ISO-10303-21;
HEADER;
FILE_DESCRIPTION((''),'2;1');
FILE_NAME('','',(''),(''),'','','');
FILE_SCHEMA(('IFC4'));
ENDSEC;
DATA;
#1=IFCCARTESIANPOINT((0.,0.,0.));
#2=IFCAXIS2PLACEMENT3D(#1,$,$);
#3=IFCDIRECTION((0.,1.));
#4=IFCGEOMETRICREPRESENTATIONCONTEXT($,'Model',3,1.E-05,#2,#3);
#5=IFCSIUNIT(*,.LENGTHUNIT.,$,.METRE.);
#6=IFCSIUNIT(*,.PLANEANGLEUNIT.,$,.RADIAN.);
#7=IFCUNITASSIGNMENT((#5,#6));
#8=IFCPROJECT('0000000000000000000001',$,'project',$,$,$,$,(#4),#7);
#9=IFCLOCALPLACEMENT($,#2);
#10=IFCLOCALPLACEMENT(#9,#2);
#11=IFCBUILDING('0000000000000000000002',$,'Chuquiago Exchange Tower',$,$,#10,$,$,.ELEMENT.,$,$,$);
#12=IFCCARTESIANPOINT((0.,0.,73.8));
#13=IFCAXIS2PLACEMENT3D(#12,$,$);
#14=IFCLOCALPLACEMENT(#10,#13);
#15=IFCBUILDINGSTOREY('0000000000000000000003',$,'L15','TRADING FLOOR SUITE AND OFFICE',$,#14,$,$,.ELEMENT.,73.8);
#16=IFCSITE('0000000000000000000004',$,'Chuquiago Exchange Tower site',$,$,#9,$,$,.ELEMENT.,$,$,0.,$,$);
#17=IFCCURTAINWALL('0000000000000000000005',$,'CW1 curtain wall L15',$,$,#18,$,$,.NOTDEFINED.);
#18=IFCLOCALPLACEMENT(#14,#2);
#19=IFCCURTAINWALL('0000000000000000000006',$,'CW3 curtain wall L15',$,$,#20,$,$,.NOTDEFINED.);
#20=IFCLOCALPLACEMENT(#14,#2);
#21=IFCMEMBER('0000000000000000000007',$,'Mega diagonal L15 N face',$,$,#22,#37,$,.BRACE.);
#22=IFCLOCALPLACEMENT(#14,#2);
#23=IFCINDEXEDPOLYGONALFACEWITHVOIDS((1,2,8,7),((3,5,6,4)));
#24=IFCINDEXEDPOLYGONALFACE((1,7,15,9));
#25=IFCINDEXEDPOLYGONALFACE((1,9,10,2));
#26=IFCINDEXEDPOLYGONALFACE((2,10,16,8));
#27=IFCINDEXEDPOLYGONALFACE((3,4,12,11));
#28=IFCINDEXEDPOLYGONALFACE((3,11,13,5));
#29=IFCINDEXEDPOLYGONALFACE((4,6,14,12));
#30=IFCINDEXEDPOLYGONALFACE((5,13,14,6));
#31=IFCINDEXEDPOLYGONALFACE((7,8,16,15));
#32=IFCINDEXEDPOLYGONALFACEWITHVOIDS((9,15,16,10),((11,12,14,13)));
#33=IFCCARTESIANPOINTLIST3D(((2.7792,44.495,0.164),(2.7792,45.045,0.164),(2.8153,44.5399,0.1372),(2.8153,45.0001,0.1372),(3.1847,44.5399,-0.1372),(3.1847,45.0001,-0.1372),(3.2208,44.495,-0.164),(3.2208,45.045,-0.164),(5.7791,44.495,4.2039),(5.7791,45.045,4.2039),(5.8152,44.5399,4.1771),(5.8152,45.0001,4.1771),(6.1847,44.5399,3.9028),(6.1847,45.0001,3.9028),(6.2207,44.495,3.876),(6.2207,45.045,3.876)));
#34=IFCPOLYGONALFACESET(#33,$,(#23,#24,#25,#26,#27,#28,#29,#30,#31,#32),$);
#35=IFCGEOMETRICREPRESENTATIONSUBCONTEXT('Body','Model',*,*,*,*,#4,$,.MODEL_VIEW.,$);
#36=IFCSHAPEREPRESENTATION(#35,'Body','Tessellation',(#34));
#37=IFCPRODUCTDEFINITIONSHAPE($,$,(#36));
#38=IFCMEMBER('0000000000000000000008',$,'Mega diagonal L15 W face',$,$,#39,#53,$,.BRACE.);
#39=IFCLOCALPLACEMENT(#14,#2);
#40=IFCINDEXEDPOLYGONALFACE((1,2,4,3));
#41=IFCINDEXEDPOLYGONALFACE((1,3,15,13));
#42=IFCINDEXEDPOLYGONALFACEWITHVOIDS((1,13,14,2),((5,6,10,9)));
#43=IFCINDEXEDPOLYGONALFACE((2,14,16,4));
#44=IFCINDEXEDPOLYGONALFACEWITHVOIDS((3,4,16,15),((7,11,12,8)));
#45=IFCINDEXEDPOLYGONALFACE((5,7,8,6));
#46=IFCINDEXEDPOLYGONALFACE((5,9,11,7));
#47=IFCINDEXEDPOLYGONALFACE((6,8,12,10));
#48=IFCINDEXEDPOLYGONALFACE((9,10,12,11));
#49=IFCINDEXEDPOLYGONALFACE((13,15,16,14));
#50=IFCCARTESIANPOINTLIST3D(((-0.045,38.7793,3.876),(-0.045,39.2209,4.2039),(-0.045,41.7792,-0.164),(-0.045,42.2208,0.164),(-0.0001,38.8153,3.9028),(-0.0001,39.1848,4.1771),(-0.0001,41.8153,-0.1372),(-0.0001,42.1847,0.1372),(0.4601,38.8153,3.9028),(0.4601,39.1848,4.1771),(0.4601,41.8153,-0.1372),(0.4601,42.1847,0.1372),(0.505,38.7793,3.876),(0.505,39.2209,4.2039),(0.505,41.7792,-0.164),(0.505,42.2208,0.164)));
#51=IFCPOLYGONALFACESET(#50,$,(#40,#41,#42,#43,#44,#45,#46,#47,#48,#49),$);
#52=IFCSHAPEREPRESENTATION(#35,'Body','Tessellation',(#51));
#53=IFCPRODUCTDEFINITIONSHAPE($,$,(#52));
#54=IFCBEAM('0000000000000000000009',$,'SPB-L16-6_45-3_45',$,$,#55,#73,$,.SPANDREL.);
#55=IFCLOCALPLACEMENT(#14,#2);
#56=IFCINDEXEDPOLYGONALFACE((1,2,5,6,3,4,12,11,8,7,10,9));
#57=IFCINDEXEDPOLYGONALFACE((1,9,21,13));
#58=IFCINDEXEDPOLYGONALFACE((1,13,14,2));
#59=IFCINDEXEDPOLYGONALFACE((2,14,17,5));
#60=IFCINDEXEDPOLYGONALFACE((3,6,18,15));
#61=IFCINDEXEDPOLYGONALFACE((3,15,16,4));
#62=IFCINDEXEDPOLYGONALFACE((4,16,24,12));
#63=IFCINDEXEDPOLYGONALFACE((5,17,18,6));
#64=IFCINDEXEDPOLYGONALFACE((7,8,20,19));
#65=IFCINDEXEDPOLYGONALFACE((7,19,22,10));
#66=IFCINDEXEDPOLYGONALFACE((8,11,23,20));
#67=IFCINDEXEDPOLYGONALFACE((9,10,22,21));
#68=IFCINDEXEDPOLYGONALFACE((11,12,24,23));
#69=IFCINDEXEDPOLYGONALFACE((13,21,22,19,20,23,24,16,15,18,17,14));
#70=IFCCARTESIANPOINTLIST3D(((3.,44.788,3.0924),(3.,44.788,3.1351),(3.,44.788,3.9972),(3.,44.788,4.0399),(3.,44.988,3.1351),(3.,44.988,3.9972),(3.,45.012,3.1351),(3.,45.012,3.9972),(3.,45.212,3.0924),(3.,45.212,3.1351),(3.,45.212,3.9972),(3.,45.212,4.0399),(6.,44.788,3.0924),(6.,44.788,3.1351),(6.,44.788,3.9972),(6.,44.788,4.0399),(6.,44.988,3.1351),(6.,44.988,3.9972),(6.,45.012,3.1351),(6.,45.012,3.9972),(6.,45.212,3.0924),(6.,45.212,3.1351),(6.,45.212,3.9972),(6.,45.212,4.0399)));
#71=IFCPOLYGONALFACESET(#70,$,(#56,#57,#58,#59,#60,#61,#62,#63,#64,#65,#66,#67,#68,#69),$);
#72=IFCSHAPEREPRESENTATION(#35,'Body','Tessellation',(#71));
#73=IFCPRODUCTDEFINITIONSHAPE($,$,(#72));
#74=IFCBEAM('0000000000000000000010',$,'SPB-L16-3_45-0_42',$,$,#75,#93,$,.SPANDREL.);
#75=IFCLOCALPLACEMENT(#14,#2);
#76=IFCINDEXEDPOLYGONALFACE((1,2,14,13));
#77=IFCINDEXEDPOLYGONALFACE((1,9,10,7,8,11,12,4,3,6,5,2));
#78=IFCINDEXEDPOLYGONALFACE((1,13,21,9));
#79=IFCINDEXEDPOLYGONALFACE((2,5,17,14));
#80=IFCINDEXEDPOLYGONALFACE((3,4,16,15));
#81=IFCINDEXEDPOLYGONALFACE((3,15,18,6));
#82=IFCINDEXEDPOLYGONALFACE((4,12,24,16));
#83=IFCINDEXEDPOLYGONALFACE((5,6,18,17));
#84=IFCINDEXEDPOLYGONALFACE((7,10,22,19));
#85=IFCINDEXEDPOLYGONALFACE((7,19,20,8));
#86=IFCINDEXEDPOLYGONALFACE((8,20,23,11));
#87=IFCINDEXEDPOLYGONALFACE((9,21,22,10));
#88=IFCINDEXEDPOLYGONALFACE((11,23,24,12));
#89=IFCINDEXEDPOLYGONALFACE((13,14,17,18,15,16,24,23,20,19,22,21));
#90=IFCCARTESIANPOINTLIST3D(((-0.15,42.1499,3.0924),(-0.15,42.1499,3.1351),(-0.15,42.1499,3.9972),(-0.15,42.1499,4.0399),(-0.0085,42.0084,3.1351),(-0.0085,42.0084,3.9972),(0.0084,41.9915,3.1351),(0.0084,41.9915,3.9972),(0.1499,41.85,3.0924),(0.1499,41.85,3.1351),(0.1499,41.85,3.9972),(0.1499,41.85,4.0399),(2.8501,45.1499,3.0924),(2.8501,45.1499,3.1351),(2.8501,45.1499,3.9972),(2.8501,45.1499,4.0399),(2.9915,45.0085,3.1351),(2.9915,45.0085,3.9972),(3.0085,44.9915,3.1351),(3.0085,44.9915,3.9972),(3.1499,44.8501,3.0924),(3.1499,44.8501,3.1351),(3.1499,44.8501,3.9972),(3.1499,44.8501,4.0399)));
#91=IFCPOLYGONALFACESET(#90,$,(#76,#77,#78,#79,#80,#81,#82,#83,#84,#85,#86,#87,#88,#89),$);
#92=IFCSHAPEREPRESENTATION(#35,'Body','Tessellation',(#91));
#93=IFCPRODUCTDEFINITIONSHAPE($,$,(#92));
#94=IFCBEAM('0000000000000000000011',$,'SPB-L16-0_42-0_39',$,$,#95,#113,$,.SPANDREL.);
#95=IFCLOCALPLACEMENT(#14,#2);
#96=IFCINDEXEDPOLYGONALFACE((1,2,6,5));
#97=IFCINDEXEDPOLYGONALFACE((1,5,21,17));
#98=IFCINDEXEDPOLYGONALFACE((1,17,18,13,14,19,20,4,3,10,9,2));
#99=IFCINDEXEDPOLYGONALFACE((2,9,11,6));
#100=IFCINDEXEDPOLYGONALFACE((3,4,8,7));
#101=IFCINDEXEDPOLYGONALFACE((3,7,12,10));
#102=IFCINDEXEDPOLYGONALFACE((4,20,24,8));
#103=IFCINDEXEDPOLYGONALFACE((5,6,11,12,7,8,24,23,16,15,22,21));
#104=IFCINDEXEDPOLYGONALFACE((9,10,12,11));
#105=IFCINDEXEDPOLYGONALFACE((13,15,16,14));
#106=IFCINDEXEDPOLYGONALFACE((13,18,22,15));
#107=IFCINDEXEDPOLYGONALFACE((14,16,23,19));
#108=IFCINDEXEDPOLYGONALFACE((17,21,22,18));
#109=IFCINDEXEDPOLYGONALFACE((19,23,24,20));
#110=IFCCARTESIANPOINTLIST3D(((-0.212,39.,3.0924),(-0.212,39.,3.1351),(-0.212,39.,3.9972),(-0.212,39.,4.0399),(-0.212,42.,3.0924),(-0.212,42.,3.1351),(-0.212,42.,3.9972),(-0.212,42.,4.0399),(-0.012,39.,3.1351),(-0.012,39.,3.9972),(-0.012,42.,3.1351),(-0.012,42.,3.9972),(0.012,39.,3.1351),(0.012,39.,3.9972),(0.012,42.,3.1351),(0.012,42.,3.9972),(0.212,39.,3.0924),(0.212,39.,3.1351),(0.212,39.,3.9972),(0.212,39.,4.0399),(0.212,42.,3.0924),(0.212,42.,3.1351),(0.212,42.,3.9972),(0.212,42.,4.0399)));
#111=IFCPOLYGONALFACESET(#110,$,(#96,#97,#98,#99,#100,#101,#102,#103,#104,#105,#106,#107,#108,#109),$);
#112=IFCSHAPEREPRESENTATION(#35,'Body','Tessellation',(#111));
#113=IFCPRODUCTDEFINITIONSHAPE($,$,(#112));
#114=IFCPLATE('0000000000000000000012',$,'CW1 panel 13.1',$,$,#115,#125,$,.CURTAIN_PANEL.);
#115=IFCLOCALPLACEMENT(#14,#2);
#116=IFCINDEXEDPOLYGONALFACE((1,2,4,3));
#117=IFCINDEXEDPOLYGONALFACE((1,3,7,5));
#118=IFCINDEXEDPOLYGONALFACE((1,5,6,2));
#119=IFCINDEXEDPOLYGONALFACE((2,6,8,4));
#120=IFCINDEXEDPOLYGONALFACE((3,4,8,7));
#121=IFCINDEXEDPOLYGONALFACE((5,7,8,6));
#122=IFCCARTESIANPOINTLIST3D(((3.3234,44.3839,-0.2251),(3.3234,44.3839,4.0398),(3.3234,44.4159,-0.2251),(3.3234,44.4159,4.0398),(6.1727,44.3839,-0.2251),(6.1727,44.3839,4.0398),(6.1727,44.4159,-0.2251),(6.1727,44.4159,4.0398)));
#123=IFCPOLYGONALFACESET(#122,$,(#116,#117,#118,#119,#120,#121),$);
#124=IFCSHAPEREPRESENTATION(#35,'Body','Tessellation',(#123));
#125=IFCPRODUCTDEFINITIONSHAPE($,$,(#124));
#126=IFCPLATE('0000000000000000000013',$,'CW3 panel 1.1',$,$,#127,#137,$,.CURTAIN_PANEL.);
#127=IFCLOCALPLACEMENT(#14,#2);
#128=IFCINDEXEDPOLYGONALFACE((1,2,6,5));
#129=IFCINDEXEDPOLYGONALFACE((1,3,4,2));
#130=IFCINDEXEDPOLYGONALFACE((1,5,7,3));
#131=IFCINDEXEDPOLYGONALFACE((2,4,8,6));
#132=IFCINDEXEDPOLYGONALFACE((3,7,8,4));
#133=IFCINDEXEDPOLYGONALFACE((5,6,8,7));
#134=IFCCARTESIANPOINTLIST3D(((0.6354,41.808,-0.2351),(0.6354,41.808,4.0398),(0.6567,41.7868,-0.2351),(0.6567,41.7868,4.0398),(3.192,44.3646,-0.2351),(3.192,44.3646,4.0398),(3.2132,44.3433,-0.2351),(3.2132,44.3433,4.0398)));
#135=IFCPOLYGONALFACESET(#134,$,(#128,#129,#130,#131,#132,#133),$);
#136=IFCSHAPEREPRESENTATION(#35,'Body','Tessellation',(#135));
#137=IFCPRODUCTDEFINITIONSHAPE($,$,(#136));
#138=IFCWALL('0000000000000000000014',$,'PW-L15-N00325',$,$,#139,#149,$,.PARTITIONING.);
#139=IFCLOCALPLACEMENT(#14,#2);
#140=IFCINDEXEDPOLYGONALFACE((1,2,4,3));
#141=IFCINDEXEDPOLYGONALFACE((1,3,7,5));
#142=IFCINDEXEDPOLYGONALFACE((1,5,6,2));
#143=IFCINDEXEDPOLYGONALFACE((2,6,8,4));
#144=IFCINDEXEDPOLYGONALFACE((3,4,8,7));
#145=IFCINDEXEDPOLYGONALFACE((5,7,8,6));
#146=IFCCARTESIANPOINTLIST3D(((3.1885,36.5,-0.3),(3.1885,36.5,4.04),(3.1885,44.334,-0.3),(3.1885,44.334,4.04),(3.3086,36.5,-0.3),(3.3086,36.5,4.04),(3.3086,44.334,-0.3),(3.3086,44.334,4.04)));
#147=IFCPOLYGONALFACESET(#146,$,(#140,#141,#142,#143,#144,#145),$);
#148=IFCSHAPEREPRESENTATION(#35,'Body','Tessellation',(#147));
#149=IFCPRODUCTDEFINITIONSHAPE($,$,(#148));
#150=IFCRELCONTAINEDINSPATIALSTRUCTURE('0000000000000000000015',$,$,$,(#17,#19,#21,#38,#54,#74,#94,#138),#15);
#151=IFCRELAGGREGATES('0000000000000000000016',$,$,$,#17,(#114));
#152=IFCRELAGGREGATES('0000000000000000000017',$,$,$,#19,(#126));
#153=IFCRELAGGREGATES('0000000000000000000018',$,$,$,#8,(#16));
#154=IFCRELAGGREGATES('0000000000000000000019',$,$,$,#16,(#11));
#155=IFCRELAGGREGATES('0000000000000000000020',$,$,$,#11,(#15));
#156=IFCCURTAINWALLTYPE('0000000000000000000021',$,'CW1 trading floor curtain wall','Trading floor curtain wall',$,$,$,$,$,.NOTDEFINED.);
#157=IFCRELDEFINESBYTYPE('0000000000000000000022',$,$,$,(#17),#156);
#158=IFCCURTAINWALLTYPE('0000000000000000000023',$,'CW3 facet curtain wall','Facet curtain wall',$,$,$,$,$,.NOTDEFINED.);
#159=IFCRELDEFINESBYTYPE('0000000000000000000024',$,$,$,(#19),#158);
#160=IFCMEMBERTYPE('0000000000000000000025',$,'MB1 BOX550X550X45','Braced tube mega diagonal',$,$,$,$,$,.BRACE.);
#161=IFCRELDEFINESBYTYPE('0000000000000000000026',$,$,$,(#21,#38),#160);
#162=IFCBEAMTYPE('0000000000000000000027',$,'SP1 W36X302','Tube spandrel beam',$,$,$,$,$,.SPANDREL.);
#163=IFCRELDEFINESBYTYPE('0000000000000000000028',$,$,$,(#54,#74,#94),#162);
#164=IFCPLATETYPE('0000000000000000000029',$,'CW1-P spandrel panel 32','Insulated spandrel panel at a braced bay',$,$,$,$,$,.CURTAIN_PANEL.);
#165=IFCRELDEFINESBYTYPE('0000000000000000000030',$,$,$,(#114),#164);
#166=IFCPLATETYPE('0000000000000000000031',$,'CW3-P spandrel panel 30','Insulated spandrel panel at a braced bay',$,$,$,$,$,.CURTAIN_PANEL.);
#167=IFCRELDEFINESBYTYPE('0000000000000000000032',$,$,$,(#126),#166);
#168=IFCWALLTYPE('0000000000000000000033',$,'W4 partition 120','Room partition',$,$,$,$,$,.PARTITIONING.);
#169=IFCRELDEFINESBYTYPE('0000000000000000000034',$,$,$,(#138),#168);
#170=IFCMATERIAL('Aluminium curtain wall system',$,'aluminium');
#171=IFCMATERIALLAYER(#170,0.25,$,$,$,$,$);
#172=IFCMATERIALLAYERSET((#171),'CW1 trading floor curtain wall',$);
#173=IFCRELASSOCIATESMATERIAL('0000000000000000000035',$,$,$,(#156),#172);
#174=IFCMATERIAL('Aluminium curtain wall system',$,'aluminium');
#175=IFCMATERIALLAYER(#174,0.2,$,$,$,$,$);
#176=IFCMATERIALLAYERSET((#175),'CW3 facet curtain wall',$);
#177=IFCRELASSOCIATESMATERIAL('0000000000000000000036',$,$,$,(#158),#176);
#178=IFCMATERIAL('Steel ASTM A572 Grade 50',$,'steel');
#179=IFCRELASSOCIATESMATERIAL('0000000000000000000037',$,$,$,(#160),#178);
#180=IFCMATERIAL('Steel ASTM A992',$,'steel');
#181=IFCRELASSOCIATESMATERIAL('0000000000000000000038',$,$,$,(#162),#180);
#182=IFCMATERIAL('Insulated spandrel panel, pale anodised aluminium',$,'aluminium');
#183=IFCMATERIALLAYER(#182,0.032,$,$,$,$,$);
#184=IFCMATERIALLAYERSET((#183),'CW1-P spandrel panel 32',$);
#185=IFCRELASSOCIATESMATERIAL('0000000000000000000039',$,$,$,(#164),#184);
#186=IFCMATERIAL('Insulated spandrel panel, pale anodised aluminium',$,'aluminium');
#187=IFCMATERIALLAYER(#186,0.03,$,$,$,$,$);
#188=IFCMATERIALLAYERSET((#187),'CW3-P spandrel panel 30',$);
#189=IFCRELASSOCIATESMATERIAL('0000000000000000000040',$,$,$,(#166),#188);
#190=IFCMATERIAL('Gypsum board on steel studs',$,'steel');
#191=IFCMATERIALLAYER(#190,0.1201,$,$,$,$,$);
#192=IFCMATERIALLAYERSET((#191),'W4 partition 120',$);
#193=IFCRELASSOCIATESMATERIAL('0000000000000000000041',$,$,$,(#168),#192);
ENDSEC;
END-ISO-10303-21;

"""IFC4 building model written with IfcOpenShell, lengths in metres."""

from ifc_helpers import new_model, si_unit, direction, frame, frame_2d, origin, origin_2d, place, context, subcontext, project, spatial, rectangle, hollow_rectangle, i_section, extrude, material, layer, layer_set, material_profile, profile_set, type_object, element, aggregate, save


model = new_model("IFC4")

# Units and contexts
model_context = context("Model", 3, precision=1e-05, world=origin(), true_north=direction((0.0, 1.0)))
body_context = subcontext(model_context, "Body", "Model", "MODEL_VIEW")
ifc_project = project(units=[si_unit("LENGTHUNIT", "METRE"), si_unit("PLANEANGLEUNIT", "RADIAN")], contexts=[model_context])

# Site, building, storey
site_placement = place(None, origin())
site = spatial("IfcSite", under=ifc_project, at=site_placement, Name="Chuquiago Exchange Tower site", CompositionType="ELEMENT", RefElevation=0.0)
building_placement = place(site_placement, origin())
building = spatial("IfcBuilding", under=site, at=building_placement, Name="Chuquiago Exchange Tower", CompositionType="ELEMENT")
storey_placement = place(building_placement, frame((0.0, 0.0, 73.8)))
storey = spatial("IfcBuildingStorey", under=building, at=storey_placement, Name="L15", Description="TRADING FLOOR SUITE AND OFFICE", CompositionType="ELEMENT", Elevation=73.8)

# Curtain wall
ifc_material_1 = material(Name="Aluminium curtain wall system", Category="aluminium")
ifc_layer_1 = layer(ifc_material_1, 0.25)
ifc_layer_set_1 = layer_set([ifc_layer_1], Name="CW1 trading floor curtain wall")
curtain_wall_type_1 = type_object("IfcCurtainWallType", Name="CW1 trading floor curtain wall", Description="Trading floor curtain wall", PredefinedType="NOTDEFINED", material=ifc_layer_set_1)
curtain_wall_1_placement = place(storey_placement, origin())
curtain_wall_1 = element("IfcCurtainWall", 1, at=curtain_wall_1_placement, inside=storey, type_object=curtain_wall_type_1, Name="CW1 curtain wall L15", PredefinedType="NOTDEFINED")

# Curtain wall
ifc_material_2 = material(Name="Aluminium curtain wall system", Category="aluminium")
ifc_layer_2 = layer(ifc_material_2, 0.2)
ifc_layer_set_2 = layer_set([ifc_layer_2], Name="CW3 facet curtain wall")
curtain_wall_type_2 = type_object("IfcCurtainWallType", Name="CW3 facet curtain wall", Description="Facet curtain wall", PredefinedType="NOTDEFINED", material=ifc_layer_set_2)
curtain_wall_2_placement = place(storey_placement, origin())
curtain_wall_2 = element("IfcCurtainWall", 2, at=curtain_wall_2_placement, inside=storey, type_object=curtain_wall_type_2, Name="CW3 curtain wall L15", PredefinedType="NOTDEFINED")

# Members
ifc_material_3 = material(Name="Steel ASTM A572 Grade 50", Category="steel")
ifc_material_profile_1 = material_profile(ifc_material_3, hollow_rectangle(XDim=0.55, YDim=0.55, WallThickness=0.0449, at=origin_2d()), Name="BOX550X550X45")
ifc_profile_set_1 = profile_set([ifc_material_profile_1], Name="Steel ASTM A572 Grade 50")
member_type_1 = type_object("IfcMemberType", Name="MB1 BOX550X550X45", Description="Braced tube mega diagonal", PredefinedType="BRACE", material=ifc_profile_set_1)
for number, where, z_axis, x_axis, name in (
    (3, (3.0, 44.77, 0.0), (0.596174, 0.0, 0.802855), (0.0, 1.0, 0.0), "Mega diagonal L15 N face"),
    (4, (0.23, 42.0, 0.0), (0.0, -0.596174, 0.802855), (1.0, 0.0, 0.0), "Mega diagonal L15 W face"),
):
    element("IfcMember", number, at=place(storey_placement, frame(where, z_axis=z_axis, x_axis=x_axis)), inside=storey, type_object=member_type_1, Name=name, PredefinedType="BRACE", context=body_context, shape_type="SweptSolid", body=[
        extrude(hollow_rectangle(XDim=0.55, YDim=0.55, WallThickness=0.0449, at=origin_2d()), origin(), (0.0, 0.0, 1.0), 5.032),
    ])

# Beams
ifc_material_4 = material(Name="Steel ASTM A992", Category="steel")
ifc_material_profile_2 = material_profile(ifc_material_4, i_section(OverallWidth=0.4241, OverallDepth=0.9475, WebThickness=0.0239, FlangeThickness=0.0427, at=origin_2d()), Name="W36X302")
ifc_profile_set_2 = profile_set([ifc_material_profile_2], Name="Steel ASTM A992")
beam_type = type_object("IfcBeamType", Name="SP1 W36X302", Description="Tube spandrel beam", PredefinedType="SPANDREL", material=ifc_profile_set_2)
beam_1_placement = place(storey_placement, frame((6.0, 45.0, 3.5662), z_axis=(-1.0, 0.0, 0.0), x_axis=(0.0, -1.0, 0.0)))
element("IfcBeam", 5, at=beam_1_placement, inside=storey, type_object=beam_type, Name="SPB-L16-6_45-3_45", PredefinedType="SPANDREL", context=body_context, shape_type="SweptSolid", body=[
    extrude(i_section(OverallWidth=0.4241, OverallDepth=0.9475, WebThickness=0.0239, FlangeThickness=0.0427, at=origin_2d()), origin(), (0.0, 0.0, 1.0), 3.0),
])
beam_2_placement = place(storey_placement, frame((3.0, 45.0, 3.5662), z_axis=(-0.707107, -0.707107, 0.0), x_axis=(0.707107, -0.707107, 0.0)))
element("IfcBeam", 6, at=beam_2_placement, inside=storey, type_object=beam_type, Name="SPB-L16-3_45-0_42", PredefinedType="SPANDREL", context=body_context, shape_type="SweptSolid", body=[
    extrude(i_section(OverallWidth=0.4241, OverallDepth=0.9475, WebThickness=0.0239, FlangeThickness=0.0427, at=origin_2d()), origin(), (0.0, 0.0, 1.0), 4.2427),
])
beam_3_placement = place(storey_placement, frame((0.0, 42.0, 3.5662), z_axis=(0.0, -1.0, 0.0), x_axis=(1.0, 0.0, 0.0)))
element("IfcBeam", 7, at=beam_3_placement, inside=storey, type_object=beam_type, Name="SPB-L16-0_42-0_39", PredefinedType="SPANDREL", context=body_context, shape_type="SweptSolid", body=[
    extrude(i_section(OverallWidth=0.4241, OverallDepth=0.9475, WebThickness=0.0239, FlangeThickness=0.0427, at=origin_2d()), origin(), (0.0, 0.0, 1.0), 3.0),
])

# Plates
ifc_material_5 = material(Name="Insulated spandrel panel, pale anodised aluminium", Category="aluminium")
ifc_layer_3 = layer(ifc_material_5, 0.032)
ifc_layer_set_3 = layer_set([ifc_layer_3], Name="CW1-P spandrel panel 32")
plate_type_1 = type_object("IfcPlateType", Name="CW1-P spandrel panel 32", Description="Insulated spandrel panel at a braced bay", PredefinedType="CURTAIN_PANEL", material=ifc_layer_set_3)
plate_1_placement = place(storey_placement, frame((4.748, 44.3999, -0.2251), z_axis=(0.0, 0.0, 1.0), x_axis=(-1.0, 0.0, 0.0)))
plate_1 = element("IfcPlate", 8, at=plate_1_placement, type_object=plate_type_1, Name="CW1 panel 13.1", PredefinedType="CURTAIN_PANEL", context=body_context, shape_type="SweptSolid", body=[
    extrude(rectangle(XDim=2.8494, YDim=0.032, at=origin_2d()), origin(), (0.0, 0.0, 1.0), 4.2649),
])
aggregate(curtain_wall_1, [plate_1])
ifc_material_6 = material(Name="Insulated spandrel panel, pale anodised aluminium", Category="aluminium")
ifc_layer_4 = layer(ifc_material_6, 0.03)
ifc_layer_set_4 = layer_set([ifc_layer_4], Name="CW3-P spandrel panel 30")
plate_type_2 = type_object("IfcPlateType", Name="CW3-P spandrel panel 30", Description="Insulated spandrel panel at a braced bay", PredefinedType="CURTAIN_PANEL", material=ifc_layer_set_4)
plate_2_placement = place(storey_placement, frame((1.9243, 43.0757, -0.2351), z_axis=(0.0, 0.0, 1.0), x_axis=(-0.707107, -0.707107, 0.0)))
plate_2 = element("IfcPlate", 9, at=plate_2_placement, type_object=plate_type_2, Name="CW3 panel 1.1", PredefinedType="CURTAIN_PANEL", context=body_context, shape_type="SweptSolid", body=[
    extrude(rectangle(XDim=3.6155, YDim=0.03, at=origin_2d()), origin(), (0.0, 0.0, 1.0), 4.2749),
])
aggregate(curtain_wall_2, [plate_2])

# Wall
ifc_material_7 = material(Name="Gypsum board on steel studs", Category="steel")
ifc_layer_5 = layer(ifc_material_7, 0.1201)
ifc_layer_set_5 = layer_set([ifc_layer_5], Name="W4 partition 120")
wall_type = type_object("IfcWallType", Name="W4 partition 120", Description="Room partition", PredefinedType="PARTITIONING", material=ifc_layer_set_5)
wall_placement = place(storey_placement, frame((3.2485, 44.334, -0.3), z_axis=(0.0, 0.0, 1.0), x_axis=(0.0, -1.0, 0.0)))
element("IfcWall", 10, at=wall_placement, inside=storey, type_object=wall_type, Name="PW-L15-N00325", PredefinedType="PARTITIONING", context=body_context, shape_type="SweptSolid", body=[
    extrude(rectangle(XDim=7.834, YDim=0.1201, at=frame_2d((3.917, 0.0))), origin(), (0.0, 0.0, 1.0), 4.3401),
])

save(model, "model.ifc")
